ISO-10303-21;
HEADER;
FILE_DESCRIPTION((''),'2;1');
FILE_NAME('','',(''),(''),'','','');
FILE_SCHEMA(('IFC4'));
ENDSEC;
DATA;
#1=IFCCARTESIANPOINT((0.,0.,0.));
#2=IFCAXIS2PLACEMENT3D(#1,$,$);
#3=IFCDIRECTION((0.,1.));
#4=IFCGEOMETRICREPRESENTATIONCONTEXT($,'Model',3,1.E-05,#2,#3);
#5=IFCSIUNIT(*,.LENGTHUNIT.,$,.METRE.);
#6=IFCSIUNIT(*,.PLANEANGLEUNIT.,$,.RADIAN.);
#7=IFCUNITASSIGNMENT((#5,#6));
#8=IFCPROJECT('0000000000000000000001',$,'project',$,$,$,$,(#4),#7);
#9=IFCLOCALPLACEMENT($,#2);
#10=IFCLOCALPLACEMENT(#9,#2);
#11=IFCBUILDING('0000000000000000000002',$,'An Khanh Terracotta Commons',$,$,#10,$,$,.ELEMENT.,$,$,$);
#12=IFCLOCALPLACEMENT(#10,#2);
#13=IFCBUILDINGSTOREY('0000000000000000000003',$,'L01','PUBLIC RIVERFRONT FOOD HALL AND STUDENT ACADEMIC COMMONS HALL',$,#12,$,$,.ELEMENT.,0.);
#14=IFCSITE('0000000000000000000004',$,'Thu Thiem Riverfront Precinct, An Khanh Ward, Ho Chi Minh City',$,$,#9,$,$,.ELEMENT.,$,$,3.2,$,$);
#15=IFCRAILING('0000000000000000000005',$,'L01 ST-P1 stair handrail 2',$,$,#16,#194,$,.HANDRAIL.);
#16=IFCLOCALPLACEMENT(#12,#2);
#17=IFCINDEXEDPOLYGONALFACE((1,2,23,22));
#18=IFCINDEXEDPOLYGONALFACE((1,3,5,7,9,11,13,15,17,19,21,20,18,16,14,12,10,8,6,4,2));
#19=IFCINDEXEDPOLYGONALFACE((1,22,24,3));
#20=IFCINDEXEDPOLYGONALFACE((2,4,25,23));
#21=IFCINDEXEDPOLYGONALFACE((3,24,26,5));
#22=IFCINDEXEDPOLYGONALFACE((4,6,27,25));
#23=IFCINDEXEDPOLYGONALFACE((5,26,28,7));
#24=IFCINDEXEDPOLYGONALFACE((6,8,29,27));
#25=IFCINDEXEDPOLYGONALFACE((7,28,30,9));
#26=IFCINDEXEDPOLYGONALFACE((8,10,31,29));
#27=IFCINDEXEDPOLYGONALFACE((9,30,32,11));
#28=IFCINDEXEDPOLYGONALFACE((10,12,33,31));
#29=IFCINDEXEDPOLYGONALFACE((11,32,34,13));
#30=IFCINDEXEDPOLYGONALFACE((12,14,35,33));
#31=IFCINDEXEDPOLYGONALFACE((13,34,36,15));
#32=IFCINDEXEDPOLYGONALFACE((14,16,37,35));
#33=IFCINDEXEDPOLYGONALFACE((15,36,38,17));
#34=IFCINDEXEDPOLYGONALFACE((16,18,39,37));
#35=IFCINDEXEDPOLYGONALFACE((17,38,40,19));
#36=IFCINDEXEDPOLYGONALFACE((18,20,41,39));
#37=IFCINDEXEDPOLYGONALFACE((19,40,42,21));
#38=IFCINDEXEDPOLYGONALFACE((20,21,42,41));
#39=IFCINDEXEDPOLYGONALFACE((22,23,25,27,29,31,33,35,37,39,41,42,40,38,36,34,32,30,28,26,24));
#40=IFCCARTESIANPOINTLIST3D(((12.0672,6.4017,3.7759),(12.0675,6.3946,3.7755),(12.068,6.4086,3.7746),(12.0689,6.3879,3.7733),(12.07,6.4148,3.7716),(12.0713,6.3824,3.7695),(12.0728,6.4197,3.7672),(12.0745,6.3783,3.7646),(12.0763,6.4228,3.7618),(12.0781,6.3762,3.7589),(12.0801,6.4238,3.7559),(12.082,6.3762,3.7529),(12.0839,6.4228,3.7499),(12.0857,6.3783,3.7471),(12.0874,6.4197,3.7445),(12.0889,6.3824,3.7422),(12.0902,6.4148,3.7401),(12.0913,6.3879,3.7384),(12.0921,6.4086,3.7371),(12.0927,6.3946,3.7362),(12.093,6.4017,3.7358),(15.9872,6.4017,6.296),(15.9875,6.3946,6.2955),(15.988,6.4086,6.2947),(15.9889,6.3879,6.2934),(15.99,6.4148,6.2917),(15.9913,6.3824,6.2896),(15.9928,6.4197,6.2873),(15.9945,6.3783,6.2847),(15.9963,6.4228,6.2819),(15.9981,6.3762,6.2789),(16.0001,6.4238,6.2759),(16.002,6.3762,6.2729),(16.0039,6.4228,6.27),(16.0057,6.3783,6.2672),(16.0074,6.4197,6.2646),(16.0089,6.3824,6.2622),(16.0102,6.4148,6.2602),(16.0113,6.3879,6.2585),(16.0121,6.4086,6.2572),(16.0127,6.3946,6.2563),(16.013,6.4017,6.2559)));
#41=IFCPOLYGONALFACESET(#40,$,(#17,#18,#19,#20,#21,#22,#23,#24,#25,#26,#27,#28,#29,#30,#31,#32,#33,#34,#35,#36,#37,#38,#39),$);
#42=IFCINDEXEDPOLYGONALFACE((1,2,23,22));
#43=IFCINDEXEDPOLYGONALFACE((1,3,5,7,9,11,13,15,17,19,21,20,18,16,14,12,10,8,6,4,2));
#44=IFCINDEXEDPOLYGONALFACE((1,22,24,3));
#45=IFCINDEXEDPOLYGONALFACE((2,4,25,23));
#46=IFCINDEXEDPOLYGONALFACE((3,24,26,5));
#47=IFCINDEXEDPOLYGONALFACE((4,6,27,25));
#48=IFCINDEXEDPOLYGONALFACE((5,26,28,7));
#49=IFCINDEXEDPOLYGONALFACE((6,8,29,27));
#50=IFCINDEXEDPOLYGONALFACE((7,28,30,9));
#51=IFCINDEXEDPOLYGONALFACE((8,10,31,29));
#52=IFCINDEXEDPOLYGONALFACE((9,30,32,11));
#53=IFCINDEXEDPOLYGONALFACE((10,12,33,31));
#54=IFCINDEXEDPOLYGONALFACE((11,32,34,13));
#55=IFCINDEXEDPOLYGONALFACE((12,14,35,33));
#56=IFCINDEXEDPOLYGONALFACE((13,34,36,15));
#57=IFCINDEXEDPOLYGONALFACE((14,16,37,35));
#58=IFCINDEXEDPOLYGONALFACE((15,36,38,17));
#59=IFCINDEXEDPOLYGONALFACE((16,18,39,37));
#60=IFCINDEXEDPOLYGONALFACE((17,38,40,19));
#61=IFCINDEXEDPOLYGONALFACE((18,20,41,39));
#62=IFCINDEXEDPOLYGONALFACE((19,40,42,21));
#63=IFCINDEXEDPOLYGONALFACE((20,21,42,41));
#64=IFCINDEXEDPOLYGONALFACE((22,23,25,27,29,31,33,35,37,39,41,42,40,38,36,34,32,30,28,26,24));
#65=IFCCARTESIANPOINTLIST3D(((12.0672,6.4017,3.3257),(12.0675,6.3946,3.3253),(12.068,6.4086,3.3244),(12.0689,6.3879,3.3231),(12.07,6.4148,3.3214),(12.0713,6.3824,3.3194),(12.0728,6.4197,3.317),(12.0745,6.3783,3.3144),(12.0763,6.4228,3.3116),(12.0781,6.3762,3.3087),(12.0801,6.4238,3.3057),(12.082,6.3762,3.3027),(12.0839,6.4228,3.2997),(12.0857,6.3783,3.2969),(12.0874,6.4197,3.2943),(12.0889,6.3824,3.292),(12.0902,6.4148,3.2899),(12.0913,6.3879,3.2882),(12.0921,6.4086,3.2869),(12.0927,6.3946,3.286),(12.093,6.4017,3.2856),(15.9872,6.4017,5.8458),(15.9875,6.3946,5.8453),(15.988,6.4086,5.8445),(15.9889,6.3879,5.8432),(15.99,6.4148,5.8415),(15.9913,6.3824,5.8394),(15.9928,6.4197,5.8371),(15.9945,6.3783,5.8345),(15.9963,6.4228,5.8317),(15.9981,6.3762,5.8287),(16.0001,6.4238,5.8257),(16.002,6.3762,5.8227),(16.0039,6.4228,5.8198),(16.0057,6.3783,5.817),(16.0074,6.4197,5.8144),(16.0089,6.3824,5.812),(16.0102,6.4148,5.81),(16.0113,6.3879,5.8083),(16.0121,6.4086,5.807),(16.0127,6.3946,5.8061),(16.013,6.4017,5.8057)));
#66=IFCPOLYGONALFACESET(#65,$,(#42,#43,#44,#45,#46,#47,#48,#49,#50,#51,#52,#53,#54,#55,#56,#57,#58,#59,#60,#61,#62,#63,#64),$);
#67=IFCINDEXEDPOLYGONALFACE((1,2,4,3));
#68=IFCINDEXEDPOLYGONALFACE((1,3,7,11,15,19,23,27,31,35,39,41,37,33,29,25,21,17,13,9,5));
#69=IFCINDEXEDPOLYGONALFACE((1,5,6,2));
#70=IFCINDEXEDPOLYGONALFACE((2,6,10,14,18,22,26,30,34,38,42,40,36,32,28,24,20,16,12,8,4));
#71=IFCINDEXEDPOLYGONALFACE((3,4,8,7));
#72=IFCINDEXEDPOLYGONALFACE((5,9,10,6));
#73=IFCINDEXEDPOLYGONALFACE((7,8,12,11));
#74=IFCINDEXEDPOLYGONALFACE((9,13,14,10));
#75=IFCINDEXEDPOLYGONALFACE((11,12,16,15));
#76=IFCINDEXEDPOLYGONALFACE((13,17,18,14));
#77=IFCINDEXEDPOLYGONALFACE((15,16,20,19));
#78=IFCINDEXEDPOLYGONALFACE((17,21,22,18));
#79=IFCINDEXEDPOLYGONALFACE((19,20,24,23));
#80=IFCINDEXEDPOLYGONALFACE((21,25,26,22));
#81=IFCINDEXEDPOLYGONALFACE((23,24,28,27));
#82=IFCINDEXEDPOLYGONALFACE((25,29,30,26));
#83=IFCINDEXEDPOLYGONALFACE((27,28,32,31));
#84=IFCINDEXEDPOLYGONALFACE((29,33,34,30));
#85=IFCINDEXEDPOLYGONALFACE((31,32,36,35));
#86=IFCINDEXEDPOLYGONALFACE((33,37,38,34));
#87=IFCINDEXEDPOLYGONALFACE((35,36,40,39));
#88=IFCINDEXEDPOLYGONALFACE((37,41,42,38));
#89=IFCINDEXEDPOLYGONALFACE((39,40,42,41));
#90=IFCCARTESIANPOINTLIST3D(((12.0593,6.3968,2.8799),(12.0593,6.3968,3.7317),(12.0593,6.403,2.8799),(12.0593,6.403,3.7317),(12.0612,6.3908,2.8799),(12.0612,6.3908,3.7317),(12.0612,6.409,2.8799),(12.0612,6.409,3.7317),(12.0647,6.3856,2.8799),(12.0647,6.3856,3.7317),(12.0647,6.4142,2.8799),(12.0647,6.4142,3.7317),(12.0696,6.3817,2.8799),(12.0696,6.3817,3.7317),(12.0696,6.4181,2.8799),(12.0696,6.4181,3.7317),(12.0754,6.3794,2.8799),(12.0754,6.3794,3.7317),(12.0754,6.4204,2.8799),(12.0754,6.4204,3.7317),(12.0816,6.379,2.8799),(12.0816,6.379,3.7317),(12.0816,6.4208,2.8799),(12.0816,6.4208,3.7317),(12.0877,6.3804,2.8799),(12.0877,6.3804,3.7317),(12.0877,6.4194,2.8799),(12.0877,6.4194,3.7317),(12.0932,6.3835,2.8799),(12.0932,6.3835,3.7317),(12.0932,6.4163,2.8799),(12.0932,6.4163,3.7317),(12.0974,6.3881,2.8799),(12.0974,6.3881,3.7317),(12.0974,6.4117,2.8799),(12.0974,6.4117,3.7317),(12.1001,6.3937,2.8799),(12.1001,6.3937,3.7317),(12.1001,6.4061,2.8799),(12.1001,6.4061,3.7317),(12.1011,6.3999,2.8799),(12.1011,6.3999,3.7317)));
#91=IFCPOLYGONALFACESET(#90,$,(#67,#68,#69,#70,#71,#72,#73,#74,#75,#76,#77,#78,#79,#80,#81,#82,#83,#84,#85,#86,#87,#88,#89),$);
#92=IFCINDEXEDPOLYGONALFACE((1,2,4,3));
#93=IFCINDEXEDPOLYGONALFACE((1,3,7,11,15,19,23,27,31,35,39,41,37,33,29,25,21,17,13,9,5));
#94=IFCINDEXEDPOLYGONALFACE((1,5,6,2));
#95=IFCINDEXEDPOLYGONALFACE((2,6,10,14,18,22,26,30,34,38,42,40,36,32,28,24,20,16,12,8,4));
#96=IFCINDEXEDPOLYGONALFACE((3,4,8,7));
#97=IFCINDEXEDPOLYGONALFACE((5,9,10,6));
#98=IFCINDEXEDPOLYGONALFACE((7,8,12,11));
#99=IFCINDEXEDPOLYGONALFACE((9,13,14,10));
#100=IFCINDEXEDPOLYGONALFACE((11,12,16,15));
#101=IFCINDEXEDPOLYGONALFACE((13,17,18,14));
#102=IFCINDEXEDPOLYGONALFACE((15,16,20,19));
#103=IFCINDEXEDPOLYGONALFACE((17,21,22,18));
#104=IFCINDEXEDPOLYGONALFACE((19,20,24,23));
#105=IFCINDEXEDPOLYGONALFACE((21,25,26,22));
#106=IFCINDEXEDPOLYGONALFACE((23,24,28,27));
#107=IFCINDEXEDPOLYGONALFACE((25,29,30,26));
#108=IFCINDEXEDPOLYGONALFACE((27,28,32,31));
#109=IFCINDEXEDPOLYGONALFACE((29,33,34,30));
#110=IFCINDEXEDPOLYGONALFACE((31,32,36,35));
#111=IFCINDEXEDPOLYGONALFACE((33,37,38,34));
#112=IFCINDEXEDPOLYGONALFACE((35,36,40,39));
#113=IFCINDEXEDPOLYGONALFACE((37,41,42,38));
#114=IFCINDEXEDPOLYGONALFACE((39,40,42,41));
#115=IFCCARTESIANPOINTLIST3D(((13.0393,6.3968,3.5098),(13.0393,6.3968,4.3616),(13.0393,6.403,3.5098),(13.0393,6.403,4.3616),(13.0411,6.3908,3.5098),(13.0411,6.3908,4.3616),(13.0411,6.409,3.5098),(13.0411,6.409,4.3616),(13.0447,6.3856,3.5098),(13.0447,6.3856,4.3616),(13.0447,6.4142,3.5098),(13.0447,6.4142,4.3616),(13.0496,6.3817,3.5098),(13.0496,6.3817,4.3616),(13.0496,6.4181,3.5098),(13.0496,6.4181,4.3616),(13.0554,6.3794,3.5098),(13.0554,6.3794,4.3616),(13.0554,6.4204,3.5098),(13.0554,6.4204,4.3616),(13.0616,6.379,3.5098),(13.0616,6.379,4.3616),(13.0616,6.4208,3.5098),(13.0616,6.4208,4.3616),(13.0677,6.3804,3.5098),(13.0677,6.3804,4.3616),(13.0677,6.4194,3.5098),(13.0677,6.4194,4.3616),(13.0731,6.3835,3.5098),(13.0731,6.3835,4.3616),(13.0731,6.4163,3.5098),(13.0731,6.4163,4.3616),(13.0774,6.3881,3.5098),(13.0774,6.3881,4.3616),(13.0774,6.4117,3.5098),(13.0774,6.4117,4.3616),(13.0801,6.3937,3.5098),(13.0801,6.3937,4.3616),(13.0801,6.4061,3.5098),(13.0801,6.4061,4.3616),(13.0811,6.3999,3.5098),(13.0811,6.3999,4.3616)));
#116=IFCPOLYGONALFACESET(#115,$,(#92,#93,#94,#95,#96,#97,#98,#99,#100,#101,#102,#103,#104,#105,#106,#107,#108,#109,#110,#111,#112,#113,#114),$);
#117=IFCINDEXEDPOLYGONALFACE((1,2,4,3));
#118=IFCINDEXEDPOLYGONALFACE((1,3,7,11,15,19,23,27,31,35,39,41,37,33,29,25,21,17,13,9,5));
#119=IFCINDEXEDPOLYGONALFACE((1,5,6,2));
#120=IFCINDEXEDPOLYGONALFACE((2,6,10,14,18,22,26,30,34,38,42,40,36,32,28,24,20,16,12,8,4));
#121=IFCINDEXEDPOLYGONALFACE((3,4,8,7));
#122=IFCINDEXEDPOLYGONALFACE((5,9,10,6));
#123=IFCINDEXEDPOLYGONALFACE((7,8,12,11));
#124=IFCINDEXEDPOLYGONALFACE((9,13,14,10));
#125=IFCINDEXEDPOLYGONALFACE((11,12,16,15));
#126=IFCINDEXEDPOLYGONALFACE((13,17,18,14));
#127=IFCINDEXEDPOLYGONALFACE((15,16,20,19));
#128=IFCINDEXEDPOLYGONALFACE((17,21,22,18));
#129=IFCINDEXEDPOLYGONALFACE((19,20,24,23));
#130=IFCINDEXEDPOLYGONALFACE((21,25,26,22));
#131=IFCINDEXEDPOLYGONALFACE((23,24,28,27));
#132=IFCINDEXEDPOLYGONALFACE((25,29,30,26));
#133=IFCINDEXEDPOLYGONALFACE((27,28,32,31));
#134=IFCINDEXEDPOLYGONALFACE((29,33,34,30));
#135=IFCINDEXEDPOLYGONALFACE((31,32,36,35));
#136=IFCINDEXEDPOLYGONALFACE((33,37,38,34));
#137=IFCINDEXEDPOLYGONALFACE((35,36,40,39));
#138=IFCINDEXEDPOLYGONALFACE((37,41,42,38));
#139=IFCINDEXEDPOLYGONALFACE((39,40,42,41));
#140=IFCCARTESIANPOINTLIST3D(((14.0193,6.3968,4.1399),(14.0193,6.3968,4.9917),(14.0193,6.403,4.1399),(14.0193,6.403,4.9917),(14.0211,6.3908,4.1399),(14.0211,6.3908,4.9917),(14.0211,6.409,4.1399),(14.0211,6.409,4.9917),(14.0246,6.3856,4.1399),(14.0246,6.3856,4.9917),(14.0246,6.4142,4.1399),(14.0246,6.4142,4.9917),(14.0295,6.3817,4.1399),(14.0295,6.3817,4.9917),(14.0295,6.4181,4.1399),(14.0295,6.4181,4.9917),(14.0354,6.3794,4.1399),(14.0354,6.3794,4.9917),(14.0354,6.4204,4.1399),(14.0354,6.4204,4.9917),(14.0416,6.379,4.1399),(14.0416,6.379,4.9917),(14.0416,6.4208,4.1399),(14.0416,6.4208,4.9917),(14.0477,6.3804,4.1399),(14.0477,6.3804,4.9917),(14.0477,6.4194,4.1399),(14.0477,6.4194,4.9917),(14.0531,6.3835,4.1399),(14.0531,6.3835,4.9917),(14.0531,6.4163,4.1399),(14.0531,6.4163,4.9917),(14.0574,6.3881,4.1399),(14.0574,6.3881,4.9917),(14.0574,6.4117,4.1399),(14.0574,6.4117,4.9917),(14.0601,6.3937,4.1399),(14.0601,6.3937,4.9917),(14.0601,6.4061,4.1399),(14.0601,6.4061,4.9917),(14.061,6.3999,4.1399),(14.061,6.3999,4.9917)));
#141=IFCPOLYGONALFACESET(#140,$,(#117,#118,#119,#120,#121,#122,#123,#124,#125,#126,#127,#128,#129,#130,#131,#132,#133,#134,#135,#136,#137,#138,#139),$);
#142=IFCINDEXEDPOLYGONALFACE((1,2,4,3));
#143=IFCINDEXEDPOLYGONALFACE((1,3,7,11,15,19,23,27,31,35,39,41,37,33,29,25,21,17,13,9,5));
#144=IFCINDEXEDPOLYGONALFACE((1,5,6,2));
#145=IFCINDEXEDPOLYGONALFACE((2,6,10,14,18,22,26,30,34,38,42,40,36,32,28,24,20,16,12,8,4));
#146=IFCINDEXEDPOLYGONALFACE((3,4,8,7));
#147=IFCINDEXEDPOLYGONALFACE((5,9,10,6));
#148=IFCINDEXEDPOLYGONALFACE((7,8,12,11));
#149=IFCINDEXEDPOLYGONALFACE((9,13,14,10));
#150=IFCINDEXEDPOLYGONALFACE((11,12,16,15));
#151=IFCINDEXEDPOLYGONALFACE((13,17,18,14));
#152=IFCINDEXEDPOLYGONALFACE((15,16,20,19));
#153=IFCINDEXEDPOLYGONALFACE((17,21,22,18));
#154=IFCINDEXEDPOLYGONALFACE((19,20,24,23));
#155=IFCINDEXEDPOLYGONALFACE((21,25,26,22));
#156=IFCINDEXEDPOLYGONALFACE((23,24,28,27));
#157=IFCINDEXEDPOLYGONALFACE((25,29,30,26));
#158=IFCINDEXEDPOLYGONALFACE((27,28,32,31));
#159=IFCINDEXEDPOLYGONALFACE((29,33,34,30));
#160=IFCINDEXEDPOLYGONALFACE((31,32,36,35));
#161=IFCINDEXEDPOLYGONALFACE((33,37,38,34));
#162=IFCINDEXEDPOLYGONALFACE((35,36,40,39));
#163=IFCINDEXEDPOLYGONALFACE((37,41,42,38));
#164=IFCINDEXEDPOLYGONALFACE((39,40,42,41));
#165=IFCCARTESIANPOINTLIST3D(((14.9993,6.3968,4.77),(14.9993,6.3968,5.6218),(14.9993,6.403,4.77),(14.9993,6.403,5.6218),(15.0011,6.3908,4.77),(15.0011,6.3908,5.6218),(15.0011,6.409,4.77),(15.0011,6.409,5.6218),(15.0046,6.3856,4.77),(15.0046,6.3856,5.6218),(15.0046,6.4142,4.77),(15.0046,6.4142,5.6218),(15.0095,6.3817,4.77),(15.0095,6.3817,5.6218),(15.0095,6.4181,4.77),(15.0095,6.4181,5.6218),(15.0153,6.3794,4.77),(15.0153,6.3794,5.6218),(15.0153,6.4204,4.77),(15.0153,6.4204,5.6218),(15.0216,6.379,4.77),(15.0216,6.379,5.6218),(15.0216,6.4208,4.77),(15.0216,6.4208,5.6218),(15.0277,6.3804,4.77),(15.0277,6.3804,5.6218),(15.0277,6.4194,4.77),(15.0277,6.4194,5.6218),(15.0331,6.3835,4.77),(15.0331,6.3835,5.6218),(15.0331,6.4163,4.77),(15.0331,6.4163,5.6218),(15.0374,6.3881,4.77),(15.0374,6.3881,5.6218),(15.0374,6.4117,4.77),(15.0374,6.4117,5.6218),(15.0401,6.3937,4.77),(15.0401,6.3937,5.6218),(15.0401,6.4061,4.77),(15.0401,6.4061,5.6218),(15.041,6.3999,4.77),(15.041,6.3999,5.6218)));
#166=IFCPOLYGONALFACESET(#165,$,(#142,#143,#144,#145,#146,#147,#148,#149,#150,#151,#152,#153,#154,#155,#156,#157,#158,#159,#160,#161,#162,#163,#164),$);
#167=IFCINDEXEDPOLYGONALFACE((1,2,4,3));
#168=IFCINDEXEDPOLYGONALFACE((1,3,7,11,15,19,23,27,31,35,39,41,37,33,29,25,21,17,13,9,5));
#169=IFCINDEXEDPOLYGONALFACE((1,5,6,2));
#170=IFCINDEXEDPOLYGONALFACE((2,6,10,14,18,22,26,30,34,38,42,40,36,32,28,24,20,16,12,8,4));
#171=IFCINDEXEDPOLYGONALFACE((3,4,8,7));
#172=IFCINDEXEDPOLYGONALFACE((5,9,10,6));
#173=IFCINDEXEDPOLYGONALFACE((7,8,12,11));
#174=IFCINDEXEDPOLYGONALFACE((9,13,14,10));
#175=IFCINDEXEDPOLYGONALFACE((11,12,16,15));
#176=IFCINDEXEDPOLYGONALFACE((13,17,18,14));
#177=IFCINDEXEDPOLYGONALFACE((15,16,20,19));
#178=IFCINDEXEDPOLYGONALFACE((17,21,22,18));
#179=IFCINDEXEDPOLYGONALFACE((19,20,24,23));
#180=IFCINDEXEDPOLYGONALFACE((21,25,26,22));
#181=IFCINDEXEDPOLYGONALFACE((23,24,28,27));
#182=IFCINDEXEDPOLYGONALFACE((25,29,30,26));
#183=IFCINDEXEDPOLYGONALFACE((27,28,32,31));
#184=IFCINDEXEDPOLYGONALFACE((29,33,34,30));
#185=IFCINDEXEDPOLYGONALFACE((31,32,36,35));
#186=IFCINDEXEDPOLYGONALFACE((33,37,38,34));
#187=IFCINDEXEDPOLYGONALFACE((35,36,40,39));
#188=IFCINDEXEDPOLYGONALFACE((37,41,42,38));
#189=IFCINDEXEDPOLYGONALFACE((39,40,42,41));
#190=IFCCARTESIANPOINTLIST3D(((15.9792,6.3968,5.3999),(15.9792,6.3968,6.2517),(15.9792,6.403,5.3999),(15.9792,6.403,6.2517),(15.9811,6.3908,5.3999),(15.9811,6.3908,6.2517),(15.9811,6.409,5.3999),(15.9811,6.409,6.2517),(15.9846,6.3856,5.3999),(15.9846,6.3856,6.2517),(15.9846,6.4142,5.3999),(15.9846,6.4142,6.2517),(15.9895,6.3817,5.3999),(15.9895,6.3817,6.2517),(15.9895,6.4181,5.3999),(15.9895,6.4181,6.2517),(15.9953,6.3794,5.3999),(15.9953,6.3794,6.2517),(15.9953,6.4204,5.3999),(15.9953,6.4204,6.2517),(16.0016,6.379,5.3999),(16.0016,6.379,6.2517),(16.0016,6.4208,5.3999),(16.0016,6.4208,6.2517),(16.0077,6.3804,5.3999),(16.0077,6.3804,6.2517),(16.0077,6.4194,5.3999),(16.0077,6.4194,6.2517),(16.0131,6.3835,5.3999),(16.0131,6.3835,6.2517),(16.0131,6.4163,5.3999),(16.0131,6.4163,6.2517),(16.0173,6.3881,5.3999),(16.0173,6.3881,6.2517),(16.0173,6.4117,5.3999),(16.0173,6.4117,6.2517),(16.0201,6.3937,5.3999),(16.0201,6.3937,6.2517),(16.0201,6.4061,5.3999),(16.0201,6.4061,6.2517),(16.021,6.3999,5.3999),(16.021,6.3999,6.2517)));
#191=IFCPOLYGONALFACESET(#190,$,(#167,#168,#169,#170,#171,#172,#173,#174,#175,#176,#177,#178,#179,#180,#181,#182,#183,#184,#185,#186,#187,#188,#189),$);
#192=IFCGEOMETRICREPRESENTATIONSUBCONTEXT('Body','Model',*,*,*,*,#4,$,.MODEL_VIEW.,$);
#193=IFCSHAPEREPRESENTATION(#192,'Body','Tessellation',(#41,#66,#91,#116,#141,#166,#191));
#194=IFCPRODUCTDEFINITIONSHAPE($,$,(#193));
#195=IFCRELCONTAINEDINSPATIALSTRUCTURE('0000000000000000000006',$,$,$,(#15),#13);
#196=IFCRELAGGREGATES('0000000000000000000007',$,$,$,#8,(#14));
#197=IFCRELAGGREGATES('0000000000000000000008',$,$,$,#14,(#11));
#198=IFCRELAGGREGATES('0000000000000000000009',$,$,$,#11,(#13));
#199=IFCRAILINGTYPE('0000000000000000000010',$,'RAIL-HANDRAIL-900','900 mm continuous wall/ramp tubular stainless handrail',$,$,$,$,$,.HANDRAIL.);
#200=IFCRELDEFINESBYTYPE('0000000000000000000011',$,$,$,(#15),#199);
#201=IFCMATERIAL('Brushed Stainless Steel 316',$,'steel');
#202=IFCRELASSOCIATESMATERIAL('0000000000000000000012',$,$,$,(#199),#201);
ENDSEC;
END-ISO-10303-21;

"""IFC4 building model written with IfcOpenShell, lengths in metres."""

from ifc_helpers import new_model, si_unit, direction, frame, origin, origin_2d, place, context, subcontext, project, spatial, circle, extrude, material, type_object, element, save


model = new_model("IFC4")

# Units and contexts
model_context = context("Model", 3, precision=1e-05, world=origin(), true_north=direction((0.0, 1.0)))
body_context = subcontext(model_context, "Body", "Model", "MODEL_VIEW")
ifc_project = project(units=[si_unit("LENGTHUNIT", "METRE"), si_unit("PLANEANGLEUNIT", "RADIAN")], contexts=[model_context])

# Site, building, storey
site_placement = place(None, origin())
site = spatial("IfcSite", under=ifc_project, at=site_placement, Name="Thu Thiem Riverfront Precinct, An Khanh Ward, Ho Chi Minh City", CompositionType="ELEMENT", RefElevation=3.2)
building_placement = place(site_placement, origin())
building = spatial("IfcBuilding", under=site, at=building_placement, Name="An Khanh Terracotta Commons", CompositionType="ELEMENT")
storey_placement = place(building_placement, origin())
storey = spatial("IfcBuildingStorey", under=building, at=storey_placement, Name="L01", Description="PUBLIC RIVERFRONT FOOD HALL AND STUDENT ACADEMIC COMMONS HALL", CompositionType="ELEMENT", Elevation=0.0)

# Railing
ifc_material_1 = material(Name="Brushed Stainless Steel 316", Category="steel")
railing_type_1 = type_object("IfcRailingType", Name="RAIL-HANDRAIL-900", Description="900 mm continuous wall/ramp tubular stainless handrail", PredefinedType="HANDRAIL", material=ifc_material_1)
railing_1_placement = place(storey_placement, frame((12.0801, 6.3999, 2.8799)))
element("IfcRailing", 1, at=railing_1_placement, inside=storey, type_object=railing_type_1, Name="L01 ST-P1 stair handrail 2", PredefinedType="HANDRAIL", context=body_context, shape_type="SweptSolid", body=[
    extrude(circle(Radius=0.0239, at=origin_2d()), frame((0.0, 0.0, 0.876), z_axis=(0.841172, 0.0, 0.540768), x_axis=(0.0, 1.0, 0.0)), (0.0, 0.0, 1.0), 4.6602),
    extrude(circle(Radius=0.0239, at=origin_2d()), frame((0.0, 0.0, 0.4258), z_axis=(0.841172, 0.0, 0.540768), x_axis=(0.0, 1.0, 0.0)), (0.0, 0.0, 1.0), 4.6602),
    extrude(circle(Radius=0.021, at=origin_2d()), origin(), (0.0, 0.0, 1.0), 0.8518),
    extrude(circle(Radius=0.021, at=origin_2d()), frame((0.98, 0.0, 0.6299)), (0.0, 0.0, 1.0), 0.8518),
    extrude(circle(Radius=0.021, at=origin_2d()), frame((1.96, 0.0, 1.26)), (0.0, 0.0, 1.0), 0.8518),
    extrude(circle(Radius=0.021, at=origin_2d()), frame((2.9399, 0.0, 1.8901)), (0.0, 0.0, 1.0), 0.8518),
    extrude(circle(Radius=0.021, at=origin_2d()), frame((3.9199, 0.0, 2.52)), (0.0, 0.0, 1.0), 0.8518),
])

save(model, "model.ifc")
